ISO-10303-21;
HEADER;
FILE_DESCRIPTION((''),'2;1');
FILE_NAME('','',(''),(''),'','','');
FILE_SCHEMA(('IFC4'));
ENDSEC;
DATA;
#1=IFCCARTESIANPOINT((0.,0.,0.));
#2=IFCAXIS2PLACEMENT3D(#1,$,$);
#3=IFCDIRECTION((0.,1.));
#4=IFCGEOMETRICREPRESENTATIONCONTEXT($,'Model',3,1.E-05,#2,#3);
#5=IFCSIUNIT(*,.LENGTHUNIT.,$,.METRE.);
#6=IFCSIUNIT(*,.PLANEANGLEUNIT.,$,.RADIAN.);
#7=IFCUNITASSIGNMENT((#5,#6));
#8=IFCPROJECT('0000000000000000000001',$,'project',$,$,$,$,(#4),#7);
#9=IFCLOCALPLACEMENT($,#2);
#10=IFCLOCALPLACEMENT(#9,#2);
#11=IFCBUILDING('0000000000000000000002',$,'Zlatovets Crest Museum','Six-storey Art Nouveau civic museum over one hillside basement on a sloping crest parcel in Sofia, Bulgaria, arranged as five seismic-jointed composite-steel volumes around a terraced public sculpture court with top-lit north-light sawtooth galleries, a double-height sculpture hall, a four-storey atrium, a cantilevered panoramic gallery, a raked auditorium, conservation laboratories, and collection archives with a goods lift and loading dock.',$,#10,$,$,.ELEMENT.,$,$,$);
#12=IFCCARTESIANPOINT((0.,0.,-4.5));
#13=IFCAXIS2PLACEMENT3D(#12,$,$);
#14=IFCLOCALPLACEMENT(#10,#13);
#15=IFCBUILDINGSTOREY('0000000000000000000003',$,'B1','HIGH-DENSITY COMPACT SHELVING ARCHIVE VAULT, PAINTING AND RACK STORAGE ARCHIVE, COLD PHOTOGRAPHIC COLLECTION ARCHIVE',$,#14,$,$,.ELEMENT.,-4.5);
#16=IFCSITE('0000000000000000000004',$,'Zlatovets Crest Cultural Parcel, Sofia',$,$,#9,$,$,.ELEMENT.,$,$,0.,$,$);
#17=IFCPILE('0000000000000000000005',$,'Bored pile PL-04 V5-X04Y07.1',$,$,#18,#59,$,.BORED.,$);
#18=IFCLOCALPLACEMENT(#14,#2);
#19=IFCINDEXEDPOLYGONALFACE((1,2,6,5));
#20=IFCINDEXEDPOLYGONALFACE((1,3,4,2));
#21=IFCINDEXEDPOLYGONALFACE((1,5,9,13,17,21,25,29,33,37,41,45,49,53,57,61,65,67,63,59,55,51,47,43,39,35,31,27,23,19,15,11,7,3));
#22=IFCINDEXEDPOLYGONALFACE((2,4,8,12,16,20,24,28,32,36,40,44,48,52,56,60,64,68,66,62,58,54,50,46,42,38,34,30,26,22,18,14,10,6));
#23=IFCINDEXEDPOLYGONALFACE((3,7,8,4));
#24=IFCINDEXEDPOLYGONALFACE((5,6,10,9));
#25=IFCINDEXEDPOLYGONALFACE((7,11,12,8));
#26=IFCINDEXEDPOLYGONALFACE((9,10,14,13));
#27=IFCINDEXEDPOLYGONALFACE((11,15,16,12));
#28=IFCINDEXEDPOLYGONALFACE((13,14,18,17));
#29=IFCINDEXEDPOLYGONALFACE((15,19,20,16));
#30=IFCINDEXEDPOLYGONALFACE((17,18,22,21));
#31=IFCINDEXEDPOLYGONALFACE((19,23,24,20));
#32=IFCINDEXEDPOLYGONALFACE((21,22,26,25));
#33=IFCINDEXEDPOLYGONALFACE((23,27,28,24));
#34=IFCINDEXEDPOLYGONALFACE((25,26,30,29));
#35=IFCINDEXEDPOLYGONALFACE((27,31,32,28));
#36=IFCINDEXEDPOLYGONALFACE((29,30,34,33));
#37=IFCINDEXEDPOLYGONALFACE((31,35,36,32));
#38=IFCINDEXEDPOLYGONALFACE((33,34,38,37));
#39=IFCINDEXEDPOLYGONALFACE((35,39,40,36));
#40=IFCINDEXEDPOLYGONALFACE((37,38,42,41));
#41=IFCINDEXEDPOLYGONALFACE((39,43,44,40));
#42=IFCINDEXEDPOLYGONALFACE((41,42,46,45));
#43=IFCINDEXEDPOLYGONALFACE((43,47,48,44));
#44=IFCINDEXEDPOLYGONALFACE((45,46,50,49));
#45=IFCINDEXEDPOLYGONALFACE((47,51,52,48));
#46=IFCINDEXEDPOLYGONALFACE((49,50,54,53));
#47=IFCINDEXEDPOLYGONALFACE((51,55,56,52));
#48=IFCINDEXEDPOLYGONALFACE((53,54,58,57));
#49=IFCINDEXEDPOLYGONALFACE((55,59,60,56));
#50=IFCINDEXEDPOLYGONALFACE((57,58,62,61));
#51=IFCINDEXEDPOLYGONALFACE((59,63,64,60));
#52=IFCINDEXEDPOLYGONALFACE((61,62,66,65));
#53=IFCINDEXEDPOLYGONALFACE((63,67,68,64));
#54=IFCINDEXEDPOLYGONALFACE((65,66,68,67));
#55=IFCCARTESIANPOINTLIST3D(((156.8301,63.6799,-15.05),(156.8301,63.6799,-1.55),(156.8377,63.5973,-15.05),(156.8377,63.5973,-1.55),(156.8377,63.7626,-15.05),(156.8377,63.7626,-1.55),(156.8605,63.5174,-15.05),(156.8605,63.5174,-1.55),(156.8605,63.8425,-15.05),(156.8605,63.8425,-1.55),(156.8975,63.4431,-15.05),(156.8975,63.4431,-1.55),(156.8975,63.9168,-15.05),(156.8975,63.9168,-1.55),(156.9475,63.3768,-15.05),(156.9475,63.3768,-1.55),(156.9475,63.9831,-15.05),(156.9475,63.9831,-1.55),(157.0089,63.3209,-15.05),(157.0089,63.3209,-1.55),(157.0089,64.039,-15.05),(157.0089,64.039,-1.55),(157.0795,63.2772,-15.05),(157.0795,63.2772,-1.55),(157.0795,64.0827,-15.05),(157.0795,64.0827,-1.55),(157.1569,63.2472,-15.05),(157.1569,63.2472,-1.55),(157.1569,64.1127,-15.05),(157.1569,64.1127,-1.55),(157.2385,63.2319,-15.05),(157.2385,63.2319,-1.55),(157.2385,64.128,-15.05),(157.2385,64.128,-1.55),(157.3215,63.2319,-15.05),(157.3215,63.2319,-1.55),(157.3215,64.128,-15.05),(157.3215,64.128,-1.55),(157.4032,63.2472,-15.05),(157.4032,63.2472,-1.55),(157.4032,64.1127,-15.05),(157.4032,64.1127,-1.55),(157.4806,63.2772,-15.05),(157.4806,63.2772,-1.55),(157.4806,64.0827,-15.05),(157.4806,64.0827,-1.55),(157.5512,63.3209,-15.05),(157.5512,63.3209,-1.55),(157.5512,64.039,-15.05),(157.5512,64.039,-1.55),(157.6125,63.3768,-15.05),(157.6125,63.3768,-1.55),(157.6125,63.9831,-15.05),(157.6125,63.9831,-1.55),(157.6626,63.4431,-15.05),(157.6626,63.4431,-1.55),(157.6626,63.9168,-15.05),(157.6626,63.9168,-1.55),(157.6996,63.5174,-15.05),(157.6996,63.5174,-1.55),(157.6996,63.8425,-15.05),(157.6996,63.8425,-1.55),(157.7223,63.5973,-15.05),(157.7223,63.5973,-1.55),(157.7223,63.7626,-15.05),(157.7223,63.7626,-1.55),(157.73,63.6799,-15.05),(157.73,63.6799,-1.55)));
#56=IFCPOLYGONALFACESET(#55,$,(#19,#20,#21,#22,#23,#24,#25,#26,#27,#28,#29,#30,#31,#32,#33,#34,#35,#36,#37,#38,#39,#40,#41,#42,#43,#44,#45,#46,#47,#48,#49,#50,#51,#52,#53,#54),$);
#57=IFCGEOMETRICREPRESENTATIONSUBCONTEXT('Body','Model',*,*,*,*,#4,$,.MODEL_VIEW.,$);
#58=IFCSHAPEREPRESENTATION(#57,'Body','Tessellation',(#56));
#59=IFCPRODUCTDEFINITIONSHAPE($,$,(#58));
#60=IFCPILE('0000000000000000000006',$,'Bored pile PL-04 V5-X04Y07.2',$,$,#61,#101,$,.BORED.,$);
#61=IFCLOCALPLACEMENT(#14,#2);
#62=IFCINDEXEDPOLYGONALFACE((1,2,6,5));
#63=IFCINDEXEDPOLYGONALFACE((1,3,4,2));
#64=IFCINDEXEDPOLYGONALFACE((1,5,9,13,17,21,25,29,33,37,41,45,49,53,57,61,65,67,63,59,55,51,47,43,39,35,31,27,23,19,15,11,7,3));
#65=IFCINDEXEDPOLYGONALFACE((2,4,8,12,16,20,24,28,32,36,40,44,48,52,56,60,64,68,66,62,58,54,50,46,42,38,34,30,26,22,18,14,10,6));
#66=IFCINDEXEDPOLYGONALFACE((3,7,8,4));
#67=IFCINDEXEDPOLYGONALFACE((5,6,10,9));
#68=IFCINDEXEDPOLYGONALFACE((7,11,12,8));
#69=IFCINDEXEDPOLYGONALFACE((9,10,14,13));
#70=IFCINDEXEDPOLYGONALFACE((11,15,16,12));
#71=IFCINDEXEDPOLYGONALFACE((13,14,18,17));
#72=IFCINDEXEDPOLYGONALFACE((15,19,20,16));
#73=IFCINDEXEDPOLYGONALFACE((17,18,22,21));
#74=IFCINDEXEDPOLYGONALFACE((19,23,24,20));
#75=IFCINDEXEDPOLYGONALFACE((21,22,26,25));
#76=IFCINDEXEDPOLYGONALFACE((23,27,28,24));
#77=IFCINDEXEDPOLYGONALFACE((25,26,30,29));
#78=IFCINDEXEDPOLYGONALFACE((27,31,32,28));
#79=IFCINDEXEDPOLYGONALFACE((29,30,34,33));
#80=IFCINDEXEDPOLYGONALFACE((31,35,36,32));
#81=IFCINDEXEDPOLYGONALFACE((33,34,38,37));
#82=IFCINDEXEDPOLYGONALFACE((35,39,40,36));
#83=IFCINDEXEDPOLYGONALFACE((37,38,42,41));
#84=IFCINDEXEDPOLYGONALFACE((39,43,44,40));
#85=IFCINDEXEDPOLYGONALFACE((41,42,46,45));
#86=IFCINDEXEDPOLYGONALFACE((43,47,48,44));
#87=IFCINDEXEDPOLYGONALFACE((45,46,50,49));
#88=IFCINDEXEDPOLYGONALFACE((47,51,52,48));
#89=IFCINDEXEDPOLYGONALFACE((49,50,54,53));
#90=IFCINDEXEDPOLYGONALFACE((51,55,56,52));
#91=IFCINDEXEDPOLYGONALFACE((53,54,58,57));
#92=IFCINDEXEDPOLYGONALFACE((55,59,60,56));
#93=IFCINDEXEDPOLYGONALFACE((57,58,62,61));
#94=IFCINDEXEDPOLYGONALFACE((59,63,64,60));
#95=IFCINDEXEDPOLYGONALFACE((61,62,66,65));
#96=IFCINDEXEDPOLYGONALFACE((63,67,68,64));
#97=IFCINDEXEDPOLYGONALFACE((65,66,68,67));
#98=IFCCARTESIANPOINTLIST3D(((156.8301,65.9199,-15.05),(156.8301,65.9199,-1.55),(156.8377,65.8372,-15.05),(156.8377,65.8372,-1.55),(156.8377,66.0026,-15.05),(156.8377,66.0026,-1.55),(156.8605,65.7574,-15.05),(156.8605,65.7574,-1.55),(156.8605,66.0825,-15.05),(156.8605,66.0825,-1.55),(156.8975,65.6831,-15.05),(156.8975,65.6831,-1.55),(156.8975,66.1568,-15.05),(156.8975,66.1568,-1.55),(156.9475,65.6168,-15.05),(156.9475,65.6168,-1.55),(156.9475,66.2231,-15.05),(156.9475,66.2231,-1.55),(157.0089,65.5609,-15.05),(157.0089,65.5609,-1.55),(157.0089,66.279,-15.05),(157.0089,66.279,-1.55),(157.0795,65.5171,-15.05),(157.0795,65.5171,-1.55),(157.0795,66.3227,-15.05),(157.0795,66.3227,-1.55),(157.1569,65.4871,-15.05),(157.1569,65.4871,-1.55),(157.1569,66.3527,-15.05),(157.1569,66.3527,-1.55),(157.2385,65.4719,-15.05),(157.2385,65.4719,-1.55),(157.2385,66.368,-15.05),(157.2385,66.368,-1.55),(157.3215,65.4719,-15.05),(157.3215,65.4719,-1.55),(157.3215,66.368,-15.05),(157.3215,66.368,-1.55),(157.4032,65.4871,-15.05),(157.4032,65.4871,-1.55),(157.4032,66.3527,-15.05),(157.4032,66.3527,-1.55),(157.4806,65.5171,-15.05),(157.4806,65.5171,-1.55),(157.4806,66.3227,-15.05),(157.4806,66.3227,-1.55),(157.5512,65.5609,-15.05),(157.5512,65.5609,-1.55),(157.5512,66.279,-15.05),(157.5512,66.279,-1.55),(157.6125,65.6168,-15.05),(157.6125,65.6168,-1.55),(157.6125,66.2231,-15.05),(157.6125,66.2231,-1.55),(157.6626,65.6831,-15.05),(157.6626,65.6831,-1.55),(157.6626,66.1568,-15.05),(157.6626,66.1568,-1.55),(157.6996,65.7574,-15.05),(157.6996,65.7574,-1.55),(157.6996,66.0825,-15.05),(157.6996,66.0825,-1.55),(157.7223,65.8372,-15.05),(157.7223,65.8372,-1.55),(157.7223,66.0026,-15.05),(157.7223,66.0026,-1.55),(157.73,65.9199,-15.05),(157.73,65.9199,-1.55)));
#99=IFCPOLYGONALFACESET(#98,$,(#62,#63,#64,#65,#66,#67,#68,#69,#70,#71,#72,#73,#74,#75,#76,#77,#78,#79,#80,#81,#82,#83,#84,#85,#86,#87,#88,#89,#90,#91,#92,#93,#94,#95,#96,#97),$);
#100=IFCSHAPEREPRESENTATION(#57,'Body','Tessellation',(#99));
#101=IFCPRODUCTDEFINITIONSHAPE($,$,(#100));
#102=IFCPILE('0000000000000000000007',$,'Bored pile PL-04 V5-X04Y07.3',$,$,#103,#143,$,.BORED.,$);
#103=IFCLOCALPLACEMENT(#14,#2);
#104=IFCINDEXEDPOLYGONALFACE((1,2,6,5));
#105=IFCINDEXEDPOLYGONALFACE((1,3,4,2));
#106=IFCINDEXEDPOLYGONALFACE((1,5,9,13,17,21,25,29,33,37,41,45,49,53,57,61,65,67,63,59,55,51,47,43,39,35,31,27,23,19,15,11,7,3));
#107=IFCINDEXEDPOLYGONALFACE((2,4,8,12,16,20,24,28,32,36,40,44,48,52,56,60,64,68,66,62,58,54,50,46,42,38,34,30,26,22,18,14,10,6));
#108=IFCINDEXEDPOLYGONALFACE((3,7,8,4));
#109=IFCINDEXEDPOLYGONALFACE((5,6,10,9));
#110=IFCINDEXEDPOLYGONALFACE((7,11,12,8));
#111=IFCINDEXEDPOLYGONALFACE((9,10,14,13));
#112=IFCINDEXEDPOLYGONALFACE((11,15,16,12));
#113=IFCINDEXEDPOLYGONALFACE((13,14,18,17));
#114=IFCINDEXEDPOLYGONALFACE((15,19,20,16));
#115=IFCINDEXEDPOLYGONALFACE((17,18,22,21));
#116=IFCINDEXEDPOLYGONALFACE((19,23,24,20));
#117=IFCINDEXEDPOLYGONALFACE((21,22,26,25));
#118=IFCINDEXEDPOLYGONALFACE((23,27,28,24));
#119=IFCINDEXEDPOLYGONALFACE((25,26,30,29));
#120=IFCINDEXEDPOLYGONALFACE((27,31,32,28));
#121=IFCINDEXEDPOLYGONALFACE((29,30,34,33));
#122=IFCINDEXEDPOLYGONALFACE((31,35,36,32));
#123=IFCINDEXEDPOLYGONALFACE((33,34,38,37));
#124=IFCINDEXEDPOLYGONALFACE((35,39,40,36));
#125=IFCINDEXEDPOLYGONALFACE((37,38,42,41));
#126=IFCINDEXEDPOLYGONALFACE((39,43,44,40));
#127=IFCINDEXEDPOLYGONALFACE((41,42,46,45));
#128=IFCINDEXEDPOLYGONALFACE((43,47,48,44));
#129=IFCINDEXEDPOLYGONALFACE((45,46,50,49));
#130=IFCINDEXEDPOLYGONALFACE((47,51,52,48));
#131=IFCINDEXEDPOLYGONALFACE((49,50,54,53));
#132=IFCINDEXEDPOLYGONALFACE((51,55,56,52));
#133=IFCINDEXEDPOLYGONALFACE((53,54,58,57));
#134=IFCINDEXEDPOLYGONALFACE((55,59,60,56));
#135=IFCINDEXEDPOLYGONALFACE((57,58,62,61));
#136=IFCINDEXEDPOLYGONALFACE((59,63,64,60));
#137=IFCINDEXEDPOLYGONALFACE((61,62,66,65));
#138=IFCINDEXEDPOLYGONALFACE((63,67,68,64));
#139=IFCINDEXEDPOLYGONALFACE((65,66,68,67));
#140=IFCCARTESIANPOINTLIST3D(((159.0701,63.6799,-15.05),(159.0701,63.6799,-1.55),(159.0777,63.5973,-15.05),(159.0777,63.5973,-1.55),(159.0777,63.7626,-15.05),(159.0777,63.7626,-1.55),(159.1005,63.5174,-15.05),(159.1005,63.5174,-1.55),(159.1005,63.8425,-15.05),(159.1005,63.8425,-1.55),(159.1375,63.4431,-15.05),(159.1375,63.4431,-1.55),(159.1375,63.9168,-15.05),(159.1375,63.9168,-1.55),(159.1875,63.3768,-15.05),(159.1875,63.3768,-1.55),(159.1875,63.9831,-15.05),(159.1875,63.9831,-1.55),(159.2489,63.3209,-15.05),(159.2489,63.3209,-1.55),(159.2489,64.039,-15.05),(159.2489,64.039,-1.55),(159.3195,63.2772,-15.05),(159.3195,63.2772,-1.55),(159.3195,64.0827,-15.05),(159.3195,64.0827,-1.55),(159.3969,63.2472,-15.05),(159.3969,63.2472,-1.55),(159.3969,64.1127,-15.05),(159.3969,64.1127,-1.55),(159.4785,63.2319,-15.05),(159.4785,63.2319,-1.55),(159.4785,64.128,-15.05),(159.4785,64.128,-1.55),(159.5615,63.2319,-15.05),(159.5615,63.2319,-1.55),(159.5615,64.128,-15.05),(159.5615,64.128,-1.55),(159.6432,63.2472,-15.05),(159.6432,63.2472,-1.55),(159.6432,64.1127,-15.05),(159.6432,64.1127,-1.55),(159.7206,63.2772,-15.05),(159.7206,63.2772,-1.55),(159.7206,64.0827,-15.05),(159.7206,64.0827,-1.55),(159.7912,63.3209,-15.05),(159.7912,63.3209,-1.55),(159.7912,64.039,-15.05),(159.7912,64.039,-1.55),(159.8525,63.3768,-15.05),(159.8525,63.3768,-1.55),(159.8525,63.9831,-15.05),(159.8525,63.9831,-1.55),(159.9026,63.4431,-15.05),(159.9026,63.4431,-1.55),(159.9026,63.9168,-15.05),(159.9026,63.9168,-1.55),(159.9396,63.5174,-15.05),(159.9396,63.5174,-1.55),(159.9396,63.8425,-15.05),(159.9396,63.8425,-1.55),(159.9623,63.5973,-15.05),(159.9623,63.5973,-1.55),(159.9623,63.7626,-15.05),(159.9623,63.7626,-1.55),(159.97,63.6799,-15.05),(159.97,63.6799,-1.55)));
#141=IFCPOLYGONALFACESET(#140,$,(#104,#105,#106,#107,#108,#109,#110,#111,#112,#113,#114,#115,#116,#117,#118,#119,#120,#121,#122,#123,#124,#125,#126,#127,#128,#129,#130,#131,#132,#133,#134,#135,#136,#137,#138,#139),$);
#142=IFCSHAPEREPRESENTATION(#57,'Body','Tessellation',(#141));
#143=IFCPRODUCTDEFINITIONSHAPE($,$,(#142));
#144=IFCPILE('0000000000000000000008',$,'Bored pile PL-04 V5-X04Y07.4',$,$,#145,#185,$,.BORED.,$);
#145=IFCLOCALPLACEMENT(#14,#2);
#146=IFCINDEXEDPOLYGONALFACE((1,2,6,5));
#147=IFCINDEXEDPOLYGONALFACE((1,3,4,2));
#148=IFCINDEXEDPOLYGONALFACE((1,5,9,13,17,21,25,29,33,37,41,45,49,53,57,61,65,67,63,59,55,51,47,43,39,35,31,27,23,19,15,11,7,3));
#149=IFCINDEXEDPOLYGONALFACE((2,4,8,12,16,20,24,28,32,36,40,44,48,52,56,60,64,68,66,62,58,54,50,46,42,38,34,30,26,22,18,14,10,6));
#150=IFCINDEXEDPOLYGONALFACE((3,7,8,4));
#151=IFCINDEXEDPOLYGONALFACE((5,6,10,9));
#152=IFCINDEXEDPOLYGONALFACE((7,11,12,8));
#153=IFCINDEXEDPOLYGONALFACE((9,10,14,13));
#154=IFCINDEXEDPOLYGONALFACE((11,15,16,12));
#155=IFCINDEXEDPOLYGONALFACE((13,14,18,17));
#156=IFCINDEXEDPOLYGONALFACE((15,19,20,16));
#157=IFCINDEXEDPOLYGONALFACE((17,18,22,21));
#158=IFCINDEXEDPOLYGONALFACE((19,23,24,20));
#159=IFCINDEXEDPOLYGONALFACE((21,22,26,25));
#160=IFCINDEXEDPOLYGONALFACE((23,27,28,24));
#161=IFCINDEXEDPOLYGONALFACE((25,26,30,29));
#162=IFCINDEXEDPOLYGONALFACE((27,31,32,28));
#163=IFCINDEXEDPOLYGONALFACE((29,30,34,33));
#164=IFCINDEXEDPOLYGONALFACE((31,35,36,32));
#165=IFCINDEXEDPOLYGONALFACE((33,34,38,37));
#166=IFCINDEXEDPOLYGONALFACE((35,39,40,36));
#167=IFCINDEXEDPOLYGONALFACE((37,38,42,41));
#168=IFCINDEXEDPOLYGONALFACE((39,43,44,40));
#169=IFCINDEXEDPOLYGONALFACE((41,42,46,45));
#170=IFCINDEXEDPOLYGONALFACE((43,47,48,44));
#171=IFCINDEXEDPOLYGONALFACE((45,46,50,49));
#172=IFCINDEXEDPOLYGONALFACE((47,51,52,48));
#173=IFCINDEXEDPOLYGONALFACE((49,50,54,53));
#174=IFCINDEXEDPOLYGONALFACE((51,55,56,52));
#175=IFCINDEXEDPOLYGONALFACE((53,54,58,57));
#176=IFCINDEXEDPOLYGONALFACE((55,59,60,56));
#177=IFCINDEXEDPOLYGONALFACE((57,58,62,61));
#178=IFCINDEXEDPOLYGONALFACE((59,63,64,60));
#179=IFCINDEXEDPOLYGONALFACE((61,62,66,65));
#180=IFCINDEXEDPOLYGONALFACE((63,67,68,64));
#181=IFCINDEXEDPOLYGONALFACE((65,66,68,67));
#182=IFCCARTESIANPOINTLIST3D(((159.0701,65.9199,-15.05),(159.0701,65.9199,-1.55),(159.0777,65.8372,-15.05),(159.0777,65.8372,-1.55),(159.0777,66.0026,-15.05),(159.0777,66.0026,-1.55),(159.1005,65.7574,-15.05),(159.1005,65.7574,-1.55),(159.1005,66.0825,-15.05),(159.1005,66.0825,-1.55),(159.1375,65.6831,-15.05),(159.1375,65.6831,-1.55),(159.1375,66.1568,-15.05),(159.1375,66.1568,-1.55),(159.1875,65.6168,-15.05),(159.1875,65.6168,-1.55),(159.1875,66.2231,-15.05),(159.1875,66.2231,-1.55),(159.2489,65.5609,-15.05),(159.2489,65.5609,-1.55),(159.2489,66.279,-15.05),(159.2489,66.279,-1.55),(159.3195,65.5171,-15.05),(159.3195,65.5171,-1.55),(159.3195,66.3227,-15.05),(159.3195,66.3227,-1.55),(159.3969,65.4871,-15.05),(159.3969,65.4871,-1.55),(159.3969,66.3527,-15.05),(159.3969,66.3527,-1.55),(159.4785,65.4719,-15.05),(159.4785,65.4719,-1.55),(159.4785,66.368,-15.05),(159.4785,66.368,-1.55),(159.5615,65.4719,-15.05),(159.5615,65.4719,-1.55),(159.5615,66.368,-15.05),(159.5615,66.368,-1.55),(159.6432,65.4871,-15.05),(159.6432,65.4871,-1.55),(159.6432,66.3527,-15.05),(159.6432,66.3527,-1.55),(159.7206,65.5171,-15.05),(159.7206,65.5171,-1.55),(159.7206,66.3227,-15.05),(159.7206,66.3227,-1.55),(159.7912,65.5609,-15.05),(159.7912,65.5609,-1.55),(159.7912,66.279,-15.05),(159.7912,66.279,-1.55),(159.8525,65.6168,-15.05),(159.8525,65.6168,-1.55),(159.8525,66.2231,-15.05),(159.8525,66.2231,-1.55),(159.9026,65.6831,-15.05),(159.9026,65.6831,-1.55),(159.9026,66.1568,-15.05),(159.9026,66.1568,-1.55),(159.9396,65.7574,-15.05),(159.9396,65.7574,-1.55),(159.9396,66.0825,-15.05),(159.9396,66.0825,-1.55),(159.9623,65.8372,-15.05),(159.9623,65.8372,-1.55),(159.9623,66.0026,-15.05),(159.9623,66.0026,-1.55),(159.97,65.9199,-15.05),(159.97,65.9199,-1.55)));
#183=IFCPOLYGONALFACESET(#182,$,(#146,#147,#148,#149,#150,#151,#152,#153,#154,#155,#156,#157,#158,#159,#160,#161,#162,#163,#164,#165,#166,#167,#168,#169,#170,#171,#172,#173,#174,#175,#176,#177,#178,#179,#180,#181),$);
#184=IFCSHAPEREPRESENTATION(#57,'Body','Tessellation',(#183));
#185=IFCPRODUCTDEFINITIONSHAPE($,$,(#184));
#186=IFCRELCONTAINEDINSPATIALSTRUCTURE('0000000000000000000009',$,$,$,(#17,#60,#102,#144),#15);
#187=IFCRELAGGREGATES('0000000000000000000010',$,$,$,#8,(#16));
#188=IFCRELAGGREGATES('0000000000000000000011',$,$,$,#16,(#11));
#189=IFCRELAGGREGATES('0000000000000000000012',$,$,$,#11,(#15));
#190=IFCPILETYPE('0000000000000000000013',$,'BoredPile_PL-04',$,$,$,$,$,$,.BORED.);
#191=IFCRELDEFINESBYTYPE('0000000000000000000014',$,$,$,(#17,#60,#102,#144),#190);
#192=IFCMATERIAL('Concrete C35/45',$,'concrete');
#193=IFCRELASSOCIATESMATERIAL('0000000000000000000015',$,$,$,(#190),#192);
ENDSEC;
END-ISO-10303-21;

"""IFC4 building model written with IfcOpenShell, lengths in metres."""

from ifc_helpers import new_model, si_unit, direction, frame, origin, origin_2d, place, context, subcontext, project, spatial, circle, extrude, material, material_profile, profile_set, type_object, element, save


model = new_model("IFC4")

# Units and contexts
model_context = context("Model", 3, precision=1e-05, world=origin(), true_north=direction((0.0, 1.0)))
body_context = subcontext(model_context, "Body", "Model", "MODEL_VIEW")
ifc_project = project(units=[si_unit("LENGTHUNIT", "METRE"), si_unit("PLANEANGLEUNIT", "RADIAN")], contexts=[model_context])

# Site, building, storey
site_placement = place(None, origin())
site = spatial("IfcSite", under=ifc_project, at=site_placement, Name="Zlatovets Crest Cultural Parcel, Sofia", CompositionType="ELEMENT", RefElevation=0.0)
building_placement = place(site_placement, origin())
building = spatial("IfcBuilding", under=site, at=building_placement, Name="Zlatovets Crest Museum", Description="Six-storey Art Nouveau civic museum over one hillside basement on a sloping crest parcel in Sofia, Bulgaria, arranged as five seismic-jointed composite-steel volumes around a terraced public sculpture court with top-lit north-light sawtooth galleries, a double-height sculpture hall, a four-storey atrium, a cantilevered panoramic gallery, a raked auditorium, conservation laboratories, and collection archives with a goods lift and loading dock.", CompositionType="ELEMENT")
storey_placement = place(building_placement, frame((0.0, 0.0, -4.5)))
storey = spatial("IfcBuildingStorey", under=building, at=storey_placement, Name="B1", Description="HIGH-DENSITY COMPACT SHELVING ARCHIVE VAULT, PAINTING AND RACK STORAGE ARCHIVE, COLD PHOTOGRAPHIC COLLECTION ARCHIVE", CompositionType="ELEMENT", Elevation=-4.5)

# Piles
ifc_material = material(Name="Concrete C35/45", Category="concrete")
ifc_material_profile_1 = material_profile(ifc_material, circle(Radius=0.45, at=origin_2d()), Name="PILE D900")
ifc_profile_set_1 = profile_set([ifc_material_profile_1], Name="Concrete C35/45")
pile_type = type_object("IfcPileType", Name="BoredPile_PL-04", PredefinedType="BORED", material=ifc_profile_set_1)
for number, where, z_axis, x_axis, name in (
    (1, (157.28, 63.6799, -1.55), (0.0, 0.0, -1.0), (1.0, 0.0, 0.0), "Bored pile PL-04 V5-X04Y07.1"),
    (2, (157.28, 65.9199, -1.55), (0.0, 0.0, -1.0), (1.0, 0.0, 0.0), "Bored pile PL-04 V5-X04Y07.2"),
    (3, (159.52, 63.6799, -1.55), (0.0, 0.0, -1.0), (1.0, 0.0, 0.0), "Bored pile PL-04 V5-X04Y07.3"),
    (4, (159.52, 65.9199, -1.55), (0.0, 0.0, -1.0), (1.0, 0.0, 0.0), "Bored pile PL-04 V5-X04Y07.4"),
):
    element("IfcPile", number, at=place(storey_placement, frame(where, z_axis=z_axis, x_axis=x_axis)), inside=storey, type_object=pile_type, Name=name, PredefinedType="BORED", context=body_context, shape_type="SweptSolid", body=[
        extrude(circle(Radius=0.45, at=origin_2d()), origin(), (0.0, 0.0, 1.0), 13.5),
    ])

save(model, "model.ifc")
